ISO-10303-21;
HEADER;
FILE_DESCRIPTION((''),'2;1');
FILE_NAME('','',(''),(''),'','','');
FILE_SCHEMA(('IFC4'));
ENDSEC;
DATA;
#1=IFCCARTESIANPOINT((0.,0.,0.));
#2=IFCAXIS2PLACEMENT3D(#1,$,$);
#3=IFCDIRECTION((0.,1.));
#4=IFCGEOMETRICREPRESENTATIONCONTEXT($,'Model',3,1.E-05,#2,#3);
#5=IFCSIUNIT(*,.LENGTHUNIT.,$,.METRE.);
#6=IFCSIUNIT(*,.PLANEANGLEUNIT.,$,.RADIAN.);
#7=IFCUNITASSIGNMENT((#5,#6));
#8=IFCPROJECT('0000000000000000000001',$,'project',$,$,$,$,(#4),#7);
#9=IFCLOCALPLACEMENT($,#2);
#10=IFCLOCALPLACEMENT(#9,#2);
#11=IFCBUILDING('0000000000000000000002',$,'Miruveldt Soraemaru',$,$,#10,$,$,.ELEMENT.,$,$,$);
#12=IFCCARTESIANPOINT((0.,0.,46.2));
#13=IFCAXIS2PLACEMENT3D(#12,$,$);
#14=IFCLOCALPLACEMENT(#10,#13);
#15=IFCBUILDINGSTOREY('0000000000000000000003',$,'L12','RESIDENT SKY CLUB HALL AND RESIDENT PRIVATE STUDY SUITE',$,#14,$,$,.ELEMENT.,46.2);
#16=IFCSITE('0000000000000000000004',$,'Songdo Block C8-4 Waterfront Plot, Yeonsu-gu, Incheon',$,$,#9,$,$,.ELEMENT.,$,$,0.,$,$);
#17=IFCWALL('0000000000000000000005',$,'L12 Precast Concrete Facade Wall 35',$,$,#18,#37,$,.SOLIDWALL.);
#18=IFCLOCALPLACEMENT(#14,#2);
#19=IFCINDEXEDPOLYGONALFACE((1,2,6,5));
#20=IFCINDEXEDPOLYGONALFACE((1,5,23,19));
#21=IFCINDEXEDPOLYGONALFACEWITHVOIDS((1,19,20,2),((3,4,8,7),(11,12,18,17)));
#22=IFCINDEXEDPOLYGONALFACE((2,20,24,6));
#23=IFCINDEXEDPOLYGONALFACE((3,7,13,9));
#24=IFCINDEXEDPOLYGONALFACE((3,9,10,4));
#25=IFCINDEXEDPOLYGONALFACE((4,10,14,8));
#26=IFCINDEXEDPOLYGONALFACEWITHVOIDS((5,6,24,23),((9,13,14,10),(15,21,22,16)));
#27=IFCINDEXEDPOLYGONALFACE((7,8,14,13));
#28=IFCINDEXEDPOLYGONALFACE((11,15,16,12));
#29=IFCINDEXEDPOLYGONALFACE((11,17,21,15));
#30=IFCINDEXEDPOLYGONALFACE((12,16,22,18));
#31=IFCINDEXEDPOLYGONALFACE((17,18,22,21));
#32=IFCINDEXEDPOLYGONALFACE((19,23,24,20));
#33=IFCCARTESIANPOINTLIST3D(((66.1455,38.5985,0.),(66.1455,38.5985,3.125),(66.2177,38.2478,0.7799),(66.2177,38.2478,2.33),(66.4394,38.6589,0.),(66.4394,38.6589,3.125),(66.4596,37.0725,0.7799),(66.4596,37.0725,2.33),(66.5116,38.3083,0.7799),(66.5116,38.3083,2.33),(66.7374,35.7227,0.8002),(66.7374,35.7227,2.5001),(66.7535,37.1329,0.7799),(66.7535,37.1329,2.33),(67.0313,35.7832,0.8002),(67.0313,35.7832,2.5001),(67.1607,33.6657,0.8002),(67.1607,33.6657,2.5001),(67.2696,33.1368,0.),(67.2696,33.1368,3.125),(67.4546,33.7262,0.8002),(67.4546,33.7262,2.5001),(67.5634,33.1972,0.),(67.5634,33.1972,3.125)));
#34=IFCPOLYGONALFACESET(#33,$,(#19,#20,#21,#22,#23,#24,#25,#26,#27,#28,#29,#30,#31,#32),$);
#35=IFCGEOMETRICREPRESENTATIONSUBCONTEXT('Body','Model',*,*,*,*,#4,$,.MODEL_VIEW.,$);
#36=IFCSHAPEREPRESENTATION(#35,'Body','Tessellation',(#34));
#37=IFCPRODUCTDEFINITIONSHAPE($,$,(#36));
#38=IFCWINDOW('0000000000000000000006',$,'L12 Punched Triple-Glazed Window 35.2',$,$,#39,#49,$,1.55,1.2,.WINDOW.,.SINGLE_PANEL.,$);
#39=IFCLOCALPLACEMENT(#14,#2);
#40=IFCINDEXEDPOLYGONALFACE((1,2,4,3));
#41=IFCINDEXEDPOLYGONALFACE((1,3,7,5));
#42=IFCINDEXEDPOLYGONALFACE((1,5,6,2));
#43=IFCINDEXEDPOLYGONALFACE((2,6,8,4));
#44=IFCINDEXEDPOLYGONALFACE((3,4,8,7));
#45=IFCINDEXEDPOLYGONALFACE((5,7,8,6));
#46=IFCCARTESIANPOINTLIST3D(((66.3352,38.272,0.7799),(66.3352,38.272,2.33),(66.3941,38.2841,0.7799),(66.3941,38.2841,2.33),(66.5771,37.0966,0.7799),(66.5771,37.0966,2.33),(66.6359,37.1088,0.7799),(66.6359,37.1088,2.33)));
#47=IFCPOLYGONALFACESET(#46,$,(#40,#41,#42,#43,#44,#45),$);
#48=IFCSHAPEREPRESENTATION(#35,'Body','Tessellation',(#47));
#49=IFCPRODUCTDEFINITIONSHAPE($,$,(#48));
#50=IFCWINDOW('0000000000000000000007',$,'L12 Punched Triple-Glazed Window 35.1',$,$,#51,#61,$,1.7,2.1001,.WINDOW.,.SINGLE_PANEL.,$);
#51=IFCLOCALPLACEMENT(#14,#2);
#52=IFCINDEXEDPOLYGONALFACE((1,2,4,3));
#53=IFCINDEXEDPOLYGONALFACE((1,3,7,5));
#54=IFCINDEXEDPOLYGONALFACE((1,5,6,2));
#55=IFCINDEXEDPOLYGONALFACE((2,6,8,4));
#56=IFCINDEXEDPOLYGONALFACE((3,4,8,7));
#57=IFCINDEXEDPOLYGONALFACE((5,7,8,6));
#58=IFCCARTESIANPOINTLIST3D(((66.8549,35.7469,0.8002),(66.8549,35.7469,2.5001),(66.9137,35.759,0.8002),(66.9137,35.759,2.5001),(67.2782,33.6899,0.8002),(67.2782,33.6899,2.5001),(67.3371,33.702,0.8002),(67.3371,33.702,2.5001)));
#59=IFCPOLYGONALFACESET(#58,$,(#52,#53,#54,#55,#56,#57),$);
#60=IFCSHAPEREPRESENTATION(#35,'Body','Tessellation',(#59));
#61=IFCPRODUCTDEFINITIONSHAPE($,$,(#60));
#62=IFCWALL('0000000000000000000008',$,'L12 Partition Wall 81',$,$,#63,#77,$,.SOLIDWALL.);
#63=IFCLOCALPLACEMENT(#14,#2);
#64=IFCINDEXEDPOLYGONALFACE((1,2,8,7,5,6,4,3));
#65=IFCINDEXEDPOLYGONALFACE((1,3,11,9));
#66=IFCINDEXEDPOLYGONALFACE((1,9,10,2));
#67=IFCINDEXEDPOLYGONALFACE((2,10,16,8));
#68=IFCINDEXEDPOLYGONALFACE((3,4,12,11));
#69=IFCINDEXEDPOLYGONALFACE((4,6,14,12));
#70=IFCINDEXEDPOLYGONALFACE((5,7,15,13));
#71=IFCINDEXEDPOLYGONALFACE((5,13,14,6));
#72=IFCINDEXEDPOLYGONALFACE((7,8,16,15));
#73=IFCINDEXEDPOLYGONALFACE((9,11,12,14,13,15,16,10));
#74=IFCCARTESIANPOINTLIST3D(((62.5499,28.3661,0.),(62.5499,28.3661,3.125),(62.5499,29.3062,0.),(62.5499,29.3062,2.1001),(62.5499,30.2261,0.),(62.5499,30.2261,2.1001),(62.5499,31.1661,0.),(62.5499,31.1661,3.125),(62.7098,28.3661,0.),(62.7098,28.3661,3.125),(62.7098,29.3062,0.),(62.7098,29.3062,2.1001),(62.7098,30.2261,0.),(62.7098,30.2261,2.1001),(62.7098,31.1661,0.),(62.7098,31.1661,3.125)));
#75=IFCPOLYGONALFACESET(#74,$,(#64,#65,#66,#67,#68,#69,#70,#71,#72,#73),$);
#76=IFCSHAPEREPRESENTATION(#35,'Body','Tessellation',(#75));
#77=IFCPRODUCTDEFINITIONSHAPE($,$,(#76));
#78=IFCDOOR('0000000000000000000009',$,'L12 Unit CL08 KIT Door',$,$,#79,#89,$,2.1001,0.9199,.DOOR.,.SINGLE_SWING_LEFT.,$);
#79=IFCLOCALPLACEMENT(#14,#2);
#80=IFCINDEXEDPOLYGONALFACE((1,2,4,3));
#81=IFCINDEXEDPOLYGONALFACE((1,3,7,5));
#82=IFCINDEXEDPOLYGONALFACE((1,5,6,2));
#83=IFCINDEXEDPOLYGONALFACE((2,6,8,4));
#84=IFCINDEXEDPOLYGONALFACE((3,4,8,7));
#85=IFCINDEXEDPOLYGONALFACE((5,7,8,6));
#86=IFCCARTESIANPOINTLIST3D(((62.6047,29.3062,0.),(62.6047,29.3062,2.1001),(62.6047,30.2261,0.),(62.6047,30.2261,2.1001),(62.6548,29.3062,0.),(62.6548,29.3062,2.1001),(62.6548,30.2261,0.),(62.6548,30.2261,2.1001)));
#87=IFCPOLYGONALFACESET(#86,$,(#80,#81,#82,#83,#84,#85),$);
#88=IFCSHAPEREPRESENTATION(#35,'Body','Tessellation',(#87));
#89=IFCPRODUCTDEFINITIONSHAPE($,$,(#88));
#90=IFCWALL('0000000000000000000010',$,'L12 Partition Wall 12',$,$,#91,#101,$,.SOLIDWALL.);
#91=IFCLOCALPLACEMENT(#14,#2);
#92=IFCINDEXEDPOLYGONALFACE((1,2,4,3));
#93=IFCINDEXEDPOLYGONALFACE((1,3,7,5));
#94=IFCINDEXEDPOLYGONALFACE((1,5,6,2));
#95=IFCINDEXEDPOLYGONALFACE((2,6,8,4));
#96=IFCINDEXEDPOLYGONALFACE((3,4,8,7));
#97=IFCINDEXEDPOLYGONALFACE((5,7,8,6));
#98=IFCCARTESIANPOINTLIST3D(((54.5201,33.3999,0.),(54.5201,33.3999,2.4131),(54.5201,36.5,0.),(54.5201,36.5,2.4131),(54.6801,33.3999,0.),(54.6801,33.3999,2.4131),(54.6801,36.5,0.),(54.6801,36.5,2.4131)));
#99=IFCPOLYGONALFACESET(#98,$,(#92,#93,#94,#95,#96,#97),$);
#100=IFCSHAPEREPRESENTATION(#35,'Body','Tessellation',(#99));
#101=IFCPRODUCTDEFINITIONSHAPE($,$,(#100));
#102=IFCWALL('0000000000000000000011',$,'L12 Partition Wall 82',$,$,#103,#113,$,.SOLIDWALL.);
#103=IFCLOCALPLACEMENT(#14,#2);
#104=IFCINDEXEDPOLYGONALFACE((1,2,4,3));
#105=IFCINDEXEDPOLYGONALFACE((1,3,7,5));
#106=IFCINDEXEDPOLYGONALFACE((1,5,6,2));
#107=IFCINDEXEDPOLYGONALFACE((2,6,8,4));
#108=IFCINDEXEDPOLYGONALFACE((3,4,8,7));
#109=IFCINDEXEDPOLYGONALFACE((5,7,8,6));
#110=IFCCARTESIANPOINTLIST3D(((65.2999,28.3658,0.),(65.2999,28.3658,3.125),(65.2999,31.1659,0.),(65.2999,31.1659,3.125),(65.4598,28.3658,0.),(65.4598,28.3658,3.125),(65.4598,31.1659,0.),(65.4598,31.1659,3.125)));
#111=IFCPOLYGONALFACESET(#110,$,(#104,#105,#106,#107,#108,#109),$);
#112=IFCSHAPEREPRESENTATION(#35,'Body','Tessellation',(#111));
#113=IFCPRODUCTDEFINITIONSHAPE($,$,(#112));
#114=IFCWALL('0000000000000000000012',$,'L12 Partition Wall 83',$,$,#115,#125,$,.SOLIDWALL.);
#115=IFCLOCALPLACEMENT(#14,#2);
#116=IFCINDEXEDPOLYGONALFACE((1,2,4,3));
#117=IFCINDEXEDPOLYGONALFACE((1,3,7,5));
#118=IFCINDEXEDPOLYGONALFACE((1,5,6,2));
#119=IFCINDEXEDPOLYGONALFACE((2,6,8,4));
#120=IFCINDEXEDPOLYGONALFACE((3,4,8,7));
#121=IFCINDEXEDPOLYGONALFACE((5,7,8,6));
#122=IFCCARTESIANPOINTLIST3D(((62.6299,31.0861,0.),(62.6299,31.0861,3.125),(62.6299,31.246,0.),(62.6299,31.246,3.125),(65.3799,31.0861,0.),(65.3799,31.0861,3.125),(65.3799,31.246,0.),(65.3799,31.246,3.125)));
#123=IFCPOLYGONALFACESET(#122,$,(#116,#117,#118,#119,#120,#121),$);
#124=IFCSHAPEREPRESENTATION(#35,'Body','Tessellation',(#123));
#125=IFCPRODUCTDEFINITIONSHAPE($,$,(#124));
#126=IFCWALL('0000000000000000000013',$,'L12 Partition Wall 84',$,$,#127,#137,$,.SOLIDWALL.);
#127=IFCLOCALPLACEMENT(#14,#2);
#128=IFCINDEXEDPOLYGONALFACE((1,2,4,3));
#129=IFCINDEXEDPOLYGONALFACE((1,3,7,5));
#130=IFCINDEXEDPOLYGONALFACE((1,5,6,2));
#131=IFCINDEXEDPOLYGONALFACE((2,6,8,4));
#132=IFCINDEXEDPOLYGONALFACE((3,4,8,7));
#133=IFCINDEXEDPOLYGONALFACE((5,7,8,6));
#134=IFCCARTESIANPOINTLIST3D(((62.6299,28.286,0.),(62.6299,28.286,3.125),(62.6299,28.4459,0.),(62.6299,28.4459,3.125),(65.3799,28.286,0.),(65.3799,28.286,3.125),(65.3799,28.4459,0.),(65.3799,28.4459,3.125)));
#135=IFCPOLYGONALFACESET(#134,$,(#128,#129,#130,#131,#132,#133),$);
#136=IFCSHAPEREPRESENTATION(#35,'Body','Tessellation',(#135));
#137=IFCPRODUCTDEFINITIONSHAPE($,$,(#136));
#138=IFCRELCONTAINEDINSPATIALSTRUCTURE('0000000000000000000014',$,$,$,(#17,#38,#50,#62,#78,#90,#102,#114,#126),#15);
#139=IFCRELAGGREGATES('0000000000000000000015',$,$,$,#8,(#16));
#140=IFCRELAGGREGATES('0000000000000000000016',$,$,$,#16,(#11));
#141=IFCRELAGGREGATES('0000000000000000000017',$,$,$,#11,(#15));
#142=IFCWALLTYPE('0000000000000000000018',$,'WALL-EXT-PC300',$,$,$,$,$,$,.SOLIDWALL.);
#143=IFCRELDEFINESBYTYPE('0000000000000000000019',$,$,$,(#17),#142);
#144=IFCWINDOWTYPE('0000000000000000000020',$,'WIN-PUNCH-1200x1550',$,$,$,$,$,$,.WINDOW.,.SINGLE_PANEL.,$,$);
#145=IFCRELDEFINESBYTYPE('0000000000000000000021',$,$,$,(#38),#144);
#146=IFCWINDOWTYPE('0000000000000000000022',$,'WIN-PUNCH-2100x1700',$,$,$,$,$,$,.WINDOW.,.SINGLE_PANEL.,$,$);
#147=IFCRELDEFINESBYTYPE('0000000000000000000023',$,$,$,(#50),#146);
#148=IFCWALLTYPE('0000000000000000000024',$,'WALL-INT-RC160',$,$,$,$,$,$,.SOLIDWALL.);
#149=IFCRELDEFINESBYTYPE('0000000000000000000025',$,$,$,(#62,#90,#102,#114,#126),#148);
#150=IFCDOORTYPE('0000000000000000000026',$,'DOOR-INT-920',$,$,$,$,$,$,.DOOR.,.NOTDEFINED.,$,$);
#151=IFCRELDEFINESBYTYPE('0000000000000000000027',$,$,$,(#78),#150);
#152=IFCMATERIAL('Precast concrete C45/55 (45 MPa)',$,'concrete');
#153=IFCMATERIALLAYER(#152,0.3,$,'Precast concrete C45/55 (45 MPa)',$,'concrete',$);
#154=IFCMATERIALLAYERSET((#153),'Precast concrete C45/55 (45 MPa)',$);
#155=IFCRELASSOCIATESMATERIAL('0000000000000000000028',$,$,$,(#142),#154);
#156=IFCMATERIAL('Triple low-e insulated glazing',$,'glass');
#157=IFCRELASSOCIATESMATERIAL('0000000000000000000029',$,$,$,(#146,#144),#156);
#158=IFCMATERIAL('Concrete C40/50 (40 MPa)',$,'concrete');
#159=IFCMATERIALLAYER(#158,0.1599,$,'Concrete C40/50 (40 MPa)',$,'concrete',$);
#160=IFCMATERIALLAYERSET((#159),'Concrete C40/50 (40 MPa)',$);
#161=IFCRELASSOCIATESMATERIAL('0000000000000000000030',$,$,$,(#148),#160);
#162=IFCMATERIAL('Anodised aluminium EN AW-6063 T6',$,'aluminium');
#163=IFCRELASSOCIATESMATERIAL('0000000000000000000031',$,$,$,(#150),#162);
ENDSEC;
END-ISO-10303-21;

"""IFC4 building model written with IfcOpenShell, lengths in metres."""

from ifc_helpers import new_model, si_unit, direction, frame, frame_2d, origin, place, context, subcontext, project, spatial, rectangle, extrude, material, layer, layer_set, type_object, element, fill, save


model = new_model("IFC4")

# Units and contexts
model_context = context("Model", 3, precision=1e-05, world=origin(), true_north=direction((0.0, 1.0)))
body_context = subcontext(model_context, "Body", "Model", "MODEL_VIEW")
ifc_project = project(units=[si_unit("LENGTHUNIT", "METRE"), si_unit("PLANEANGLEUNIT", "RADIAN")], contexts=[model_context])

# Site, building, storey
site_placement = place(None, origin())
site = spatial("IfcSite", under=ifc_project, at=site_placement, Name="Songdo Block C8-4 Waterfront Plot, Yeonsu-gu, Incheon", CompositionType="ELEMENT", RefElevation=0.0)
building_placement = place(site_placement, origin())
building = spatial("IfcBuilding", under=site, at=building_placement, Name="Miruveldt Soraemaru", CompositionType="ELEMENT")
storey_placement = place(building_placement, frame((0.0, 0.0, 46.2)))
storey = spatial("IfcBuildingStorey", under=building, at=storey_placement, Name="L12", Description="RESIDENT SKY CLUB HALL AND RESIDENT PRIVATE STUDY SUITE", CompositionType="ELEMENT", Elevation=46.2)

# Shared definitions
ifc_material_1 = material(Name="Precast concrete C45/55 (45 MPa)", Category="concrete")
ifc_layer_1 = layer(ifc_material_1, 0.3, Name="Precast concrete C45/55 (45 MPa)", Category="concrete")
ifc_layer_set_1 = layer_set([ifc_layer_1], Name="Precast concrete C45/55 (45 MPa)")
wall_type_1 = type_object("IfcWallType", Name="WALL-EXT-PC300", PredefinedType="SOLIDWALL", material=ifc_layer_set_1)
ifc_material_2 = material(Name="Triple low-e insulated glazing", Category="glass")
window_type_1 = type_object("IfcWindowType", Name="WIN-PUNCH-2100x1700", PartitioningType="SINGLE_PANEL", PredefinedType="WINDOW", material=ifc_material_2)
window_type_2 = type_object("IfcWindowType", Name="WIN-PUNCH-1200x1550", PartitioningType="SINGLE_PANEL", PredefinedType="WINDOW", material=ifc_material_2)

# Wall, openings, windows
wall_1_placement = place(storey_placement, frame((67.4165, 33.167, 0.0), z_axis=(0.0, 0.0, 1.0), x_axis=(-0.201578, 0.979473, 0.0)))
wall_1 = element("IfcWall", 1, at=wall_1_placement, inside=storey, type_object=wall_type_1, Name="L12 Precast Concrete Facade Wall 35", PredefinedType="SOLIDWALL", context=body_context, shape_type="SweptSolid", body=[
    extrude(rectangle(XDim=5.5762, YDim=0.3, at=frame_2d((2.7881, 0.0))), origin(), (0.0, 0.0, 1.0), 3.125),
])
opening_1_placement = place(wall_1_placement, frame((0.54, 0.0, 0.8)))
opening_1 = element("IfcOpeningElement", 2, at=opening_1_placement, cuts=wall_1, PredefinedType="OPENING", context=body_context, shape_type="SweptSolid", body=[
    extrude(rectangle(XDim=2.1001, YDim=1.7, at=frame_2d((1.05, 0.8501))), frame((0.0, 0.1602, 0.0), z_axis=(0.0, -1.0, 0.0), x_axis=(1.0, 0.0, 0.0)), (0.0, 0.0, 1.0), 0.3201),
])
opening_2_placement = place(wall_1_placement, frame((4.0181, 0.0, 0.78)))
opening_2 = element("IfcOpeningElement", 3, at=opening_2_placement, cuts=wall_1, PredefinedType="OPENING", context=body_context, shape_type="SweptSolid", body=[
    extrude(rectangle(XDim=1.2, YDim=1.55, at=frame_2d((0.6001, 0.7749))), frame((0.0, 0.1602, 0.0), z_axis=(0.0, -1.0, 0.0), x_axis=(1.0, 0.0, 0.0)), (0.0, 0.0, 1.0), 0.3201),
])
window_1_placement = place(opening_2_placement, origin())
window_1 = element("IfcWindow", 4, at=window_1_placement, inside=storey, type_object=window_type_2, Name="L12 Punched Triple-Glazed Window 35.2", OverallHeight=1.55, OverallWidth=1.2, PartitioningType="SINGLE_PANEL", PredefinedType="WINDOW", context=body_context, shape_type="SweptSolid", body=[
    extrude(rectangle(XDim=1.2, YDim=1.55, at=frame_2d((0.6001, 0.7749))), frame((0.0, 0.03, 0.0), z_axis=(0.0, -1.0, 0.0), x_axis=(1.0, 0.0, 0.0)), (0.0, 0.0, 1.0), 0.0601),
])
fill(opening_2, window_1)
window_2_placement = place(opening_1_placement, origin())
window_2 = element("IfcWindow", 5, at=window_2_placement, inside=storey, type_object=window_type_1, Name="L12 Punched Triple-Glazed Window 35.1", OverallHeight=1.7, OverallWidth=2.1001, PartitioningType="SINGLE_PANEL", PredefinedType="WINDOW", context=body_context, shape_type="SweptSolid", body=[
    extrude(rectangle(XDim=2.1001, YDim=1.7, at=frame_2d((1.05, 0.8501))), frame((0.0, 0.03, 0.0), z_axis=(0.0, -1.0, 0.0), x_axis=(1.0, 0.0, 0.0)), (0.0, 0.0, 1.0), 0.0601),
])
fill(opening_1, window_2)

# Wall, opening, door
ifc_material_3 = material(Name="Concrete C40/50 (40 MPa)", Category="concrete")
ifc_layer_2 = layer(ifc_material_3, 0.1599, Name="Concrete C40/50 (40 MPa)", Category="concrete")
ifc_layer_set_2 = layer_set([ifc_layer_2], Name="Concrete C40/50 (40 MPa)")
wall_type_2 = type_object("IfcWallType", Name="WALL-INT-RC160", PredefinedType="SOLIDWALL", material=ifc_layer_set_2)
wall_2_placement = place(storey_placement, frame((62.6299, 31.166, 0.0), z_axis=(0.0, 0.0, 1.0), x_axis=(0.0, -1.0, 0.0)))
wall_2 = element("IfcWall", 6, at=wall_2_placement, inside=storey, type_object=wall_type_2, Name="L12 Partition Wall 81", PredefinedType="SOLIDWALL", context=body_context, shape_type="SweptSolid", body=[
    extrude(rectangle(XDim=2.8, YDim=0.1599, at=frame_2d((1.3999, 0.0))), origin(), (0.0, 0.0, 1.0), 3.125),
])
opening_3_placement = place(wall_2_placement, frame((0.9399, 0.0, 0.0)))
opening_3 = element("IfcOpeningElement", 7, at=opening_3_placement, cuts=wall_2, PredefinedType="OPENING", context=body_context, shape_type="SweptSolid", body=[
    extrude(rectangle(XDim=0.9199, YDim=2.1001, at=frame_2d((0.46, 1.05))), frame((0.0, 0.0898, 0.0), z_axis=(0.0, -1.0, 0.0), x_axis=(1.0, 0.0, 0.0)), (0.0, 0.0, 1.0), 0.1799),
])
ifc_material_4 = material(Name="Anodised aluminium EN AW-6063 T6", Category="aluminium")
door_type = type_object("IfcDoorType", Name="DOOR-INT-920", OperationType="NOTDEFINED", PredefinedType="DOOR", material=ifc_material_4)
door_placement = place(opening_3_placement, origin())
door = element("IfcDoor", 8, at=door_placement, inside=storey, type_object=door_type, Name="L12 Unit CL08 KIT Door", OperationType="SINGLE_SWING_LEFT", OverallHeight=2.1001, OverallWidth=0.9199, PredefinedType="DOOR", context=body_context, shape_type="SweptSolid", body=[
    extrude(rectangle(XDim=0.9199, YDim=2.1001, at=frame_2d((0.46, 1.05))), frame((0.0, 0.0249, 0.0), z_axis=(0.0, -1.0, 0.0), x_axis=(1.0, 0.0, 0.0)), (0.0, 0.0, 1.0), 0.05),
])
fill(opening_3, door)

# Walls
wall_3_placement = place(storey_placement, frame((54.6001, 33.3999, 0.0), z_axis=(0.0, 0.0, 1.0), x_axis=(0.0, 1.0, 0.0)))
element("IfcWall", 9, at=wall_3_placement, inside=storey, type_object=wall_type_2, Name="L12 Partition Wall 12", PredefinedType="SOLIDWALL", context=body_context, shape_type="SweptSolid", body=[
    extrude(rectangle(XDim=3.1001, YDim=0.1599, at=frame_2d((1.55, 0.0))), origin(), (0.0, 0.0, 1.0), 2.4131),
])
wall_4_placement = place(storey_placement, frame((65.3799, 28.366, 0.0), z_axis=(0.0, 0.0, 1.0), x_axis=(0.0, 1.0, 0.0)))
element("IfcWall", 10, at=wall_4_placement, inside=storey, type_object=wall_type_2, Name="L12 Partition Wall 82", PredefinedType="SOLIDWALL", context=body_context, shape_type="SweptSolid", body=[
    extrude(rectangle(XDim=2.8, YDim=0.1599, at=frame_2d((1.3999, 0.0))), origin(), (0.0, 0.0, 1.0), 3.125),
])
for number, where, z_axis, x_axis, name in (
    (11, (65.3799, 31.166, 0.0), (0.0, 0.0, 1.0), (-1.0, 0.0, 0.0), "L12 Partition Wall 83"),
    (12, (62.6299, 28.366, 0.0), (0.0, 0.0, 1.0), (1.0, 0.0, 0.0), "L12 Partition Wall 84"),
):
    element("IfcWall", number, at=place(storey_placement, frame(where, z_axis=z_axis, x_axis=x_axis)), inside=storey, type_object=wall_type_2, Name=name, PredefinedType="SOLIDWALL", context=body_context, shape_type="SweptSolid", body=[
        extrude(rectangle(XDim=2.75, YDim=0.1599, at=frame_2d((1.375, 0.0))), origin(), (0.0, 0.0, 1.0), 3.125),
    ])

save(model, "model.ifc")
